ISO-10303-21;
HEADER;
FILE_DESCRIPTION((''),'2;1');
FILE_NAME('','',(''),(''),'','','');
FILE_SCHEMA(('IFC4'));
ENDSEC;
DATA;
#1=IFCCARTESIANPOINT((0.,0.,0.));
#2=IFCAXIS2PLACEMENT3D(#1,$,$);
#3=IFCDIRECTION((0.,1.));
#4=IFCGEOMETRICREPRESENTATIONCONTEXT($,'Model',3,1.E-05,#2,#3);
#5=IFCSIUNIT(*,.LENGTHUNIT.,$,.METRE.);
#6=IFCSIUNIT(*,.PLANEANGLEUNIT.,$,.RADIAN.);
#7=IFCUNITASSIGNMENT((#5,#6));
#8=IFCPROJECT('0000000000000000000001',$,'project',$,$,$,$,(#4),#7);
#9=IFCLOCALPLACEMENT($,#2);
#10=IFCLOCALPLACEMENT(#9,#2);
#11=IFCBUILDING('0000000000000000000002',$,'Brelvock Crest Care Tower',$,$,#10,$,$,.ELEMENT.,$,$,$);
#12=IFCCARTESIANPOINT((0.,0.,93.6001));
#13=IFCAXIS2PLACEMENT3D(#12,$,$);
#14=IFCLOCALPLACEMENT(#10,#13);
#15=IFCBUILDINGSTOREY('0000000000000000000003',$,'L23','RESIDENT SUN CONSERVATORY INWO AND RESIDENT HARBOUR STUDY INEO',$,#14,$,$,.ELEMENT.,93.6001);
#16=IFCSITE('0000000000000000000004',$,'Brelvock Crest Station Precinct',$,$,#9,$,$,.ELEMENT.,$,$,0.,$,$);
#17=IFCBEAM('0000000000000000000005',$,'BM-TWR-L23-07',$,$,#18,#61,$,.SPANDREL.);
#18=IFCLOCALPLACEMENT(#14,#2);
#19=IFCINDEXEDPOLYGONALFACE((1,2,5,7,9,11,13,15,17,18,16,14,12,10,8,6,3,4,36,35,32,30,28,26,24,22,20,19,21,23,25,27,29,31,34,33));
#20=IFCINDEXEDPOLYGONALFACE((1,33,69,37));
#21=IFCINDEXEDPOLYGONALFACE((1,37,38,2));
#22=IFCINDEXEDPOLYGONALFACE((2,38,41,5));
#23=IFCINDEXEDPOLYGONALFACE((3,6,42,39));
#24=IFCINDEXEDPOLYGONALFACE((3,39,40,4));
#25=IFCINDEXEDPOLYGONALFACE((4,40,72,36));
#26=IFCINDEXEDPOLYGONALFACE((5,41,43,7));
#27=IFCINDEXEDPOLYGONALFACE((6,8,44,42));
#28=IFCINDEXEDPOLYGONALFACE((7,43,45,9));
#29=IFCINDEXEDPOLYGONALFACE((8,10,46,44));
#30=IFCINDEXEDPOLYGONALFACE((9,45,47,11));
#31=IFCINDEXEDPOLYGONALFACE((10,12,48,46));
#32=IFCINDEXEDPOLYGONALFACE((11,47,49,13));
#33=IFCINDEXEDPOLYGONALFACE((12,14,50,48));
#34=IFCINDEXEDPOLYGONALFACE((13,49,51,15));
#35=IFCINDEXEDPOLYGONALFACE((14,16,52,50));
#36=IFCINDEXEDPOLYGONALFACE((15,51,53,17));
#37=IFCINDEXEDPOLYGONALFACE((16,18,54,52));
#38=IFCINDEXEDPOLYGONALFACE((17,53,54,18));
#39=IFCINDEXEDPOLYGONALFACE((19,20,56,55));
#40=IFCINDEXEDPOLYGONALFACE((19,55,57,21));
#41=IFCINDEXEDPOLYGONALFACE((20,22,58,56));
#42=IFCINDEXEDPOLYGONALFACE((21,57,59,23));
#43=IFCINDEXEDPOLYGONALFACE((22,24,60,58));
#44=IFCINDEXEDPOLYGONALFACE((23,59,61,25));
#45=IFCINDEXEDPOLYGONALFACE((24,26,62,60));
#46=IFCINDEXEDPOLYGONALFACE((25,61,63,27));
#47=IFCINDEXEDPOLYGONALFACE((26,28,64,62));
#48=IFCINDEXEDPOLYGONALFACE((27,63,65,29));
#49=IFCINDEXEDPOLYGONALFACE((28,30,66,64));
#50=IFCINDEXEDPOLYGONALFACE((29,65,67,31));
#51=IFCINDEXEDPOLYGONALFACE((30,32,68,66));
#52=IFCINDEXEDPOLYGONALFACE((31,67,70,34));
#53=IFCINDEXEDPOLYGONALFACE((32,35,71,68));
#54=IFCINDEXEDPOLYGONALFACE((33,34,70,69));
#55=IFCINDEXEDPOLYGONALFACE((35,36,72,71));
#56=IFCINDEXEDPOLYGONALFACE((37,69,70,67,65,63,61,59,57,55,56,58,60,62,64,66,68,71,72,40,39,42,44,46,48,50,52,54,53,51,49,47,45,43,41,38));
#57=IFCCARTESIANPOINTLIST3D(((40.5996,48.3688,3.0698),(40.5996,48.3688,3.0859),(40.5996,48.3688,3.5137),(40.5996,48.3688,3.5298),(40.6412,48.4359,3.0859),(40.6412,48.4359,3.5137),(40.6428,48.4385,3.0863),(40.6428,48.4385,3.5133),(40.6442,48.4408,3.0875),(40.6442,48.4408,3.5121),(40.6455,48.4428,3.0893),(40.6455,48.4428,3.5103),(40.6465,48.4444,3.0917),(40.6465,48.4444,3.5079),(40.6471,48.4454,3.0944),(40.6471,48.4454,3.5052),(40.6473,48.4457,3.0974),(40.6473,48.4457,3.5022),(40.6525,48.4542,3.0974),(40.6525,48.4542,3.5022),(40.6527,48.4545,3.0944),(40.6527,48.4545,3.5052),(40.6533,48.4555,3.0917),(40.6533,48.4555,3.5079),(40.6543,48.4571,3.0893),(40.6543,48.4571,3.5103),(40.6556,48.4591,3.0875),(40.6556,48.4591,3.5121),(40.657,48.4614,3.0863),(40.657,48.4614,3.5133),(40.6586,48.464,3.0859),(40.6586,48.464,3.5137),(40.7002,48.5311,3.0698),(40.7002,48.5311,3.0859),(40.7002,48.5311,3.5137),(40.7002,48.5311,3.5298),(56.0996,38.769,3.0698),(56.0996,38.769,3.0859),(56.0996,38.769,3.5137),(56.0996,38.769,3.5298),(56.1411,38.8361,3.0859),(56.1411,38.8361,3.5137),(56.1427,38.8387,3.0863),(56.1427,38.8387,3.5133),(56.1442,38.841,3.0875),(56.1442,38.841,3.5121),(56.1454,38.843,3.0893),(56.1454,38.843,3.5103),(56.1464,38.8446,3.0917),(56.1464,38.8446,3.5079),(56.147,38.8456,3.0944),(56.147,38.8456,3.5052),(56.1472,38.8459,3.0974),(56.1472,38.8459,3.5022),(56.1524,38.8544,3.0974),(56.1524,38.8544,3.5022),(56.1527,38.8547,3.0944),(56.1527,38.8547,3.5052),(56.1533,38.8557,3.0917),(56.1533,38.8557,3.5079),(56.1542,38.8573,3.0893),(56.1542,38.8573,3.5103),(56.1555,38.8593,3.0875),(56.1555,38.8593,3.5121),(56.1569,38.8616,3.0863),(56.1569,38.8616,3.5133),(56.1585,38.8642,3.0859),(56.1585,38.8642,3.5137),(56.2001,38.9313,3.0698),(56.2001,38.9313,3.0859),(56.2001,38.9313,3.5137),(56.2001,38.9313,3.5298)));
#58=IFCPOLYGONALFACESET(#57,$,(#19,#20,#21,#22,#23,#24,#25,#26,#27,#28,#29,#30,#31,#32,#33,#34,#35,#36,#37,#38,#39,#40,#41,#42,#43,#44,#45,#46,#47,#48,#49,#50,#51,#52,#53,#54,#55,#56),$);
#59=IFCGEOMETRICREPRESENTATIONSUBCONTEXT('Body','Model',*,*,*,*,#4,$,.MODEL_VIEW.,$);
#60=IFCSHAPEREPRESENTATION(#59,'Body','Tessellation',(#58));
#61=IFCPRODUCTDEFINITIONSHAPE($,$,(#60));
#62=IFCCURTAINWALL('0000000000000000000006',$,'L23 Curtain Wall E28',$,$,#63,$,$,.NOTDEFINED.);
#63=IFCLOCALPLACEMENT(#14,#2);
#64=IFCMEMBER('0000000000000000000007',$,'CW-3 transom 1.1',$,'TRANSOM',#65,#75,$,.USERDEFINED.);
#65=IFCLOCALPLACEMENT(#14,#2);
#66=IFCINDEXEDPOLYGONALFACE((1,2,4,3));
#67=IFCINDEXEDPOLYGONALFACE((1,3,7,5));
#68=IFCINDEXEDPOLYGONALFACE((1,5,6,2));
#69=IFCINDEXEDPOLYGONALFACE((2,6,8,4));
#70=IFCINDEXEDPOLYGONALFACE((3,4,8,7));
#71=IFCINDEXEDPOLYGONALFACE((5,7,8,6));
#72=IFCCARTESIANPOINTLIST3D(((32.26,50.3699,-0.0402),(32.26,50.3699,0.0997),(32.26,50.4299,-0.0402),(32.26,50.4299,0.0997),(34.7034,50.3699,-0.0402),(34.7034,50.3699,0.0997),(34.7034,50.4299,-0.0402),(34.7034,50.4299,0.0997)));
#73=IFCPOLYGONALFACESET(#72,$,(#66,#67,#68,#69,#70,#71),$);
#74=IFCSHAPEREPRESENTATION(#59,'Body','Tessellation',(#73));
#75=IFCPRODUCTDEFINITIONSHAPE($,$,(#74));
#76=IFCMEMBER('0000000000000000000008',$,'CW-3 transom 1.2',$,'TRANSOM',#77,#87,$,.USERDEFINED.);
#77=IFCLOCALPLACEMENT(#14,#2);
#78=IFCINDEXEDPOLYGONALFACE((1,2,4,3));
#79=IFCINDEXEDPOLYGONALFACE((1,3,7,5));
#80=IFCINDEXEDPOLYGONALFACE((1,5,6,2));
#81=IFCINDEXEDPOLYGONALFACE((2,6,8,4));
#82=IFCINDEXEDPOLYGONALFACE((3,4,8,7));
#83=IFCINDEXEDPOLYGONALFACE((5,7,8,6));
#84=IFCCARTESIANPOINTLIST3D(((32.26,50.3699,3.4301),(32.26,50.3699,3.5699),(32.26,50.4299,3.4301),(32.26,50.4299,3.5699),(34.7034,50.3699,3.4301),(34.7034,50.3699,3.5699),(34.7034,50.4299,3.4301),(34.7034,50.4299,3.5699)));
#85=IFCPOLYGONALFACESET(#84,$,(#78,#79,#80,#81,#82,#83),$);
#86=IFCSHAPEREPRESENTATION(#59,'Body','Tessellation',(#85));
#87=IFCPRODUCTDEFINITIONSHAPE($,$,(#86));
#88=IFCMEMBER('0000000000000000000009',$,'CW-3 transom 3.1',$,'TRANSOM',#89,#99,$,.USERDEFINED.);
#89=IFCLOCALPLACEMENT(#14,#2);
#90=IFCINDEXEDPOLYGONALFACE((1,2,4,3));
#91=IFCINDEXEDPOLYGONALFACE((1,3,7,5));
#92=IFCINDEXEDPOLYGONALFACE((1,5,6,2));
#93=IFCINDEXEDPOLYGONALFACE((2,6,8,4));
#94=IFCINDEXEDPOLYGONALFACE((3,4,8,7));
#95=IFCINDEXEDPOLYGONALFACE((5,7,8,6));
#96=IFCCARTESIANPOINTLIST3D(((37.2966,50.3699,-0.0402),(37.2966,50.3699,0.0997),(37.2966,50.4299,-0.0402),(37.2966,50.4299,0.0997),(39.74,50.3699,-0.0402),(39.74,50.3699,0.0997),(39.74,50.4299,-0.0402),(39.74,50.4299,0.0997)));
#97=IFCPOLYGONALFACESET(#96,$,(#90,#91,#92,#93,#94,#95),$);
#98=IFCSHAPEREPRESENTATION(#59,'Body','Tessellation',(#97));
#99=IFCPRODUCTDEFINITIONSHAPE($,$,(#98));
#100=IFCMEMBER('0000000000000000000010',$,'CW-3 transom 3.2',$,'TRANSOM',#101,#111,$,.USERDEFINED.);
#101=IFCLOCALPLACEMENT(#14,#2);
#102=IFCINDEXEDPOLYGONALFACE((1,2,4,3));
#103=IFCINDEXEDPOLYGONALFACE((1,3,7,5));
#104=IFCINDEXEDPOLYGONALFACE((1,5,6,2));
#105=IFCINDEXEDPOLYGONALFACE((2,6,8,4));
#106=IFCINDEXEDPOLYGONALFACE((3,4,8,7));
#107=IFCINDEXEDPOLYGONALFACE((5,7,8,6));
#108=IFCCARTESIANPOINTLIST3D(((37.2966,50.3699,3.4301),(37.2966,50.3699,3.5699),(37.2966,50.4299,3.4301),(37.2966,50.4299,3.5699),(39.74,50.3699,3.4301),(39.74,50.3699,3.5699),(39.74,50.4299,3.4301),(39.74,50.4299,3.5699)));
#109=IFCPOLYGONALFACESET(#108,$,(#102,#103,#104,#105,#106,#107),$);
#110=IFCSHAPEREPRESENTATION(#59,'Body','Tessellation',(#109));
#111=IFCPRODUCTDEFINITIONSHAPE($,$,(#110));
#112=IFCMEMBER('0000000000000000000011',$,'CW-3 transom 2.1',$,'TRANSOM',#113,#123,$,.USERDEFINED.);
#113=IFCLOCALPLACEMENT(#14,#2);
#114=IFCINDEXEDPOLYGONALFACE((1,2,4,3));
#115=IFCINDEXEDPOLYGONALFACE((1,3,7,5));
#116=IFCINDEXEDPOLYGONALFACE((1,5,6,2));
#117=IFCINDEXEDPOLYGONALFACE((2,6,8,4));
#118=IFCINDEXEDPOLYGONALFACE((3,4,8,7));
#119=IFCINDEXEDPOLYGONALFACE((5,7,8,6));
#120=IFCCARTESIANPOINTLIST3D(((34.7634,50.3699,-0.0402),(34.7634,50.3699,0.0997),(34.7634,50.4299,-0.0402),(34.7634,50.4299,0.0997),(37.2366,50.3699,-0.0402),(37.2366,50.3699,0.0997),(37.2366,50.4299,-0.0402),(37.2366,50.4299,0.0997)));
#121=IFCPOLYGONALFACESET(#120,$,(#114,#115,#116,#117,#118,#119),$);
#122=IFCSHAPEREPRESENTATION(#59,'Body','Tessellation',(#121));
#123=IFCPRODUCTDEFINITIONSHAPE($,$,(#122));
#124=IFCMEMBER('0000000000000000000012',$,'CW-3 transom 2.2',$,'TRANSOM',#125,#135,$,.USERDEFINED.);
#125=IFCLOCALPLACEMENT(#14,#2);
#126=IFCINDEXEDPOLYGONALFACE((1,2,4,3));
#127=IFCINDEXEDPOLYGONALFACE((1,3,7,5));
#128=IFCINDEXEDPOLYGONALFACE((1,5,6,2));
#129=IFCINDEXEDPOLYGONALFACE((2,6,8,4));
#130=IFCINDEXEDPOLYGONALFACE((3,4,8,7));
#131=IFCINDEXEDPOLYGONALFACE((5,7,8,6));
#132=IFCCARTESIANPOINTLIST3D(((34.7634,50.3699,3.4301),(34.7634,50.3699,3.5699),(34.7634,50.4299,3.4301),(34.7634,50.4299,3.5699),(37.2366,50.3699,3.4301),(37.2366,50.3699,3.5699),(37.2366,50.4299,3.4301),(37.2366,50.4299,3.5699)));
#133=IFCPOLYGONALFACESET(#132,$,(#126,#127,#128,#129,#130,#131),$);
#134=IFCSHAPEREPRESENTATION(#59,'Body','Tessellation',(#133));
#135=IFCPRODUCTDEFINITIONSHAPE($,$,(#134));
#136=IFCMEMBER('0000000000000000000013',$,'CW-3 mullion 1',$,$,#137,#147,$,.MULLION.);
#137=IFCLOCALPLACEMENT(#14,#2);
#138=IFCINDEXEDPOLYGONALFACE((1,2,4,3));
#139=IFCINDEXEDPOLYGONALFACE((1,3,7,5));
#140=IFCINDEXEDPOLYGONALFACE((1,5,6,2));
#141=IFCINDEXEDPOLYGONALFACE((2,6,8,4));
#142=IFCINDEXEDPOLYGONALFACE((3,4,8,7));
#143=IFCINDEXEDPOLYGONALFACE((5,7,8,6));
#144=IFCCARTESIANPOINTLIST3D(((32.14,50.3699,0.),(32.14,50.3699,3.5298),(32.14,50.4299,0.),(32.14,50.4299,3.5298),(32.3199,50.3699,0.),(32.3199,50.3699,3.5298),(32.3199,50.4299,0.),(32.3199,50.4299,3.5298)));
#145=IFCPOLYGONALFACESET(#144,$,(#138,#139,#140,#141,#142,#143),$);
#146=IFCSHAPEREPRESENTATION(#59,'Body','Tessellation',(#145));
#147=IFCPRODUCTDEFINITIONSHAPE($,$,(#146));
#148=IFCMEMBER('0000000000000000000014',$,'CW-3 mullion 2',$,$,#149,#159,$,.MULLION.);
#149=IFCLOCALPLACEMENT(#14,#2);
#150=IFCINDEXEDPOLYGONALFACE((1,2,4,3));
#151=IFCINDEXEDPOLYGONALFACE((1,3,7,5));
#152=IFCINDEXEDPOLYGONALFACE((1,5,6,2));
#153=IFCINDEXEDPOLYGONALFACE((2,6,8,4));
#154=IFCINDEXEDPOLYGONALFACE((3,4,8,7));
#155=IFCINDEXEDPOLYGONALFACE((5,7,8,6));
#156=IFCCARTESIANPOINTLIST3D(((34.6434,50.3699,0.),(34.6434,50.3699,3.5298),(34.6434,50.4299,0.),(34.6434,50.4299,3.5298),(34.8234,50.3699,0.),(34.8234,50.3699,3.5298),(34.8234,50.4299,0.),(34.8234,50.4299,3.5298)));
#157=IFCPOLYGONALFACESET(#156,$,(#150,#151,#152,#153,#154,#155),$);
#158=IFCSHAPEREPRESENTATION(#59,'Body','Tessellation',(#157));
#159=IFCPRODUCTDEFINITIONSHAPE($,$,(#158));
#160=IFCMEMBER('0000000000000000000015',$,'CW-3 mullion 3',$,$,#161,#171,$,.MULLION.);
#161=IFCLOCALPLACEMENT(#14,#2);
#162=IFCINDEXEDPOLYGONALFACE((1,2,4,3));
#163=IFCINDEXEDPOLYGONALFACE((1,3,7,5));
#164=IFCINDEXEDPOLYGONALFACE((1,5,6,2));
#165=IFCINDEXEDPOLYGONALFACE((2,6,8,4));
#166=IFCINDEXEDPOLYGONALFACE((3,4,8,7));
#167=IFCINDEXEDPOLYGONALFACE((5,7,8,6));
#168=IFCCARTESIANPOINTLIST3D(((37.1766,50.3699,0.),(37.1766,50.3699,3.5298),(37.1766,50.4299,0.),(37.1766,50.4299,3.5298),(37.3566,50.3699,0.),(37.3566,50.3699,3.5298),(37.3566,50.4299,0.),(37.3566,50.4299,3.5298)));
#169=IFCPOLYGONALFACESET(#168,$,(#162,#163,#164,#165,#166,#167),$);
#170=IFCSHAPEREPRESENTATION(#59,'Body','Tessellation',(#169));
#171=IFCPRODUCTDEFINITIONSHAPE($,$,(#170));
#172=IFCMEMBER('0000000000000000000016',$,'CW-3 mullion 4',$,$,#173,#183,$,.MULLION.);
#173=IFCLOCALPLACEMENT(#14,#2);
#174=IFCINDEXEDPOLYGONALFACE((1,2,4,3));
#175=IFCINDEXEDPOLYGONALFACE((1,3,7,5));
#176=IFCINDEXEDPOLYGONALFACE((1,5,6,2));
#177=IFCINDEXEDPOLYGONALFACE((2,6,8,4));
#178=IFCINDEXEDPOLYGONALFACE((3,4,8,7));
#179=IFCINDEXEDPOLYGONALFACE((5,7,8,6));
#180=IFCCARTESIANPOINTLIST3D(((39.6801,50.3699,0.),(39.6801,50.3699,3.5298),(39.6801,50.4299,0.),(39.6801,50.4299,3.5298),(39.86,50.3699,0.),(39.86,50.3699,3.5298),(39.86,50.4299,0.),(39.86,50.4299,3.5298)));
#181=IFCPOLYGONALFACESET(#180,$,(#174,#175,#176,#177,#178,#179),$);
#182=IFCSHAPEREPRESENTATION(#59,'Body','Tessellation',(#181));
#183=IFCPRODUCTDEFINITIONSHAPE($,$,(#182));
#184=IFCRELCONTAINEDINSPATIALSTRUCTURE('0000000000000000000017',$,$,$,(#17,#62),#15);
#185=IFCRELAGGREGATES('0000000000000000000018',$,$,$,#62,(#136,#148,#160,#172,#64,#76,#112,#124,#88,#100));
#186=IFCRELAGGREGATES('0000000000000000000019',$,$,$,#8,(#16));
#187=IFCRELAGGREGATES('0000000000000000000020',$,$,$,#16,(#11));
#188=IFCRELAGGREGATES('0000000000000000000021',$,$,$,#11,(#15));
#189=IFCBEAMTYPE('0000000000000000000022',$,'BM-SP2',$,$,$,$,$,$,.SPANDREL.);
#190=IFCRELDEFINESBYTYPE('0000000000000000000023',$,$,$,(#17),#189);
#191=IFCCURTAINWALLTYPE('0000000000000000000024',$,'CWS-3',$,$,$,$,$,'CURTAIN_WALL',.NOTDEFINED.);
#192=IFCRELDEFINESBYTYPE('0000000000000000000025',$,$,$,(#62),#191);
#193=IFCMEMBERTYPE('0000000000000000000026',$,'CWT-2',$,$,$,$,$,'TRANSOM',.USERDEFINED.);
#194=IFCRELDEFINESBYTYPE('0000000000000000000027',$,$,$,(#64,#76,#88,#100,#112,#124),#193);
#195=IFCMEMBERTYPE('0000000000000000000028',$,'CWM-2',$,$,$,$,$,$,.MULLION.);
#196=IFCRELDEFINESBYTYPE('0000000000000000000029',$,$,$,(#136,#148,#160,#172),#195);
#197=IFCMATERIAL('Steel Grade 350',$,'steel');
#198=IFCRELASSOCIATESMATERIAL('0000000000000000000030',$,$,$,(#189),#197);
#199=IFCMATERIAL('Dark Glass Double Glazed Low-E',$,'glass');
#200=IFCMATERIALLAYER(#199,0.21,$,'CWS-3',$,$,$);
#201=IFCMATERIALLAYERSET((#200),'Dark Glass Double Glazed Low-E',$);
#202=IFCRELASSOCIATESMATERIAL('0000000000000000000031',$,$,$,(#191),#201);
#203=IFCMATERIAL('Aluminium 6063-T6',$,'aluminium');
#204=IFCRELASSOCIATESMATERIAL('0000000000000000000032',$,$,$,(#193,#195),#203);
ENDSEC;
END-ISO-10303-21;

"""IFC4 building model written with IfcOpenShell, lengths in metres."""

from ifc_helpers import new_model, si_unit, direction, frame, origin, origin_2d, place, context, subcontext, project, spatial, rectangle, i_section, extrude, source, transform, mapped, material, layer, layer_set, material_profile, profile_set, type_object, element, aggregate, save


model = new_model("IFC4")

# Units and contexts
model_context = context("Model", 3, precision=1e-05, world=origin(), true_north=direction((0.0, 1.0)))
body_context = subcontext(model_context, "Body", "Model", "MODEL_VIEW")
ifc_project = project(units=[si_unit("LENGTHUNIT", "METRE"), si_unit("PLANEANGLEUNIT", "RADIAN")], contexts=[model_context])

# Site, building, storey
site_placement = place(None, origin())
site = spatial("IfcSite", under=ifc_project, at=site_placement, Name="Brelvock Crest Station Precinct", CompositionType="ELEMENT", RefElevation=0.0)
building_placement = place(site_placement, origin())
building = spatial("IfcBuilding", under=site, at=building_placement, Name="Brelvock Crest Care Tower", CompositionType="ELEMENT")
storey_placement = place(building_placement, frame((0.0, 0.0, 93.6001)))
storey = spatial("IfcBuildingStorey", under=building, at=storey_placement, Name="L23", Description="RESIDENT SUN CONSERVATORY INWO AND RESIDENT HARBOUR STUDY INEO", CompositionType="ELEMENT", Elevation=93.6001)

# Shared definitions
ifc_material_1 = material(Name="Steel Grade 350", Category="steel")

# Beam
ifc_material_profile_1 = material_profile(ifc_material_1, i_section(OverallWidth=0.1909, OverallDepth=0.46, WebThickness=0.01, FlangeThickness=0.0161, FilletRadius=0.0115, at=origin_2d()), Name="460UB82.1")
ifc_profile_set_1 = profile_set([ifc_material_profile_1], Name="Steel Grade 350")
beam_type_1 = type_object("IfcBeamType", Name="BM-SP2", PredefinedType="SPANDREL", material=ifc_profile_set_1)
shared_shape_1 = source(origin(), body_context, "Body", "SweptSolid", [
    extrude(i_section(OverallWidth=0.1909, OverallDepth=0.46, WebThickness=0.01, FlangeThickness=0.0161, FilletRadius=0.0115, at=origin_2d()), origin(), (0.0, 0.0, 1.0), 18.2319),
])
beam_placement = place(storey_placement, frame((40.6499, 48.45, 3.2998), z_axis=(0.850152, -0.526538, 0.0), x_axis=(0.526538, 0.850152, 0.0)))
element("IfcBeam", 1, at=beam_placement, inside=storey, type_object=beam_type_1, Name="BM-TWR-L23-07", PredefinedType="SPANDREL", context=body_context, shape_type="MappedRepresentation", body=[
    mapped(shared_shape_1, transform((0.0, 0.0, 0.0), x_axis=(1.0, 0.0, 0.0), y_axis=(0.0, 1.0, 0.0), z_axis=(0.0, 0.0, 1.0), scale=1.0)),
])

# Curtain wall, members
ifc_material_2 = material(Name="Dark Glass Double Glazed Low-E", Category="glass")
ifc_layer_1 = layer(ifc_material_2, 0.21, Name="CWS-3")
ifc_layer_set_1 = layer_set([ifc_layer_1], Name="Dark Glass Double Glazed Low-E")
curtain_wall_type = type_object("IfcCurtainWallType", Name="CWS-3", ElementType="CURTAIN_WALL", PredefinedType="NOTDEFINED", material=ifc_layer_set_1)
curtain_wall_placement = place(storey_placement, origin())
curtain_wall = element("IfcCurtainWall", 2, at=curtain_wall_placement, inside=storey, type_object=curtain_wall_type, Name="L23 Curtain Wall E28", PredefinedType="NOTDEFINED")
ifc_material_3 = material(Name="Aluminium 6063-T6", Category="aluminium")
ifc_material_profile_2 = material_profile(ifc_material_3, rectangle(XDim=0.0601, YDim=0.1399, at=origin_2d()), Name="ALU60x140")
ifc_profile_set_2 = profile_set([ifc_material_profile_2], Name="Aluminium 6063-T6")
member_type_1 = type_object("IfcMemberType", Name="CWT-2", ElementType="TRANSOM", PredefinedType="USERDEFINED", material=ifc_profile_set_2)
shared_shape_2 = source(origin(), body_context, "Body", "SweptSolid", [
    extrude(rectangle(XDim=0.0601, YDim=0.1399, at=origin_2d()), origin(), (0.0, 0.0, 1.0), 2.4434),
])
member_1_placement = place(storey_placement, frame((32.26, 50.3999, 0.0298), z_axis=(1.0, 0.0, 0.0), x_axis=(0.0, 1.0, 0.0)))
member_1 = element("IfcMember", 3, at=member_1_placement, type_object=member_type_1, Name="CW-3 transom 1.1", ObjectType="TRANSOM", PredefinedType="USERDEFINED", context=body_context, shape_type="MappedRepresentation", body=[
    mapped(shared_shape_2, transform((0.0, 0.0, 0.0), x_axis=(1.0, 0.0, 0.0), y_axis=(0.0, 1.0, 0.0), z_axis=(0.0, 0.0, 1.0), scale=1.0)),
])
member_2_placement = place(storey_placement, frame((32.26, 50.3999, 3.5), z_axis=(1.0, 0.0, 0.0), x_axis=(0.0, 1.0, 0.0)))
member_2 = element("IfcMember", 4, at=member_2_placement, type_object=member_type_1, Name="CW-3 transom 1.2", ObjectType="TRANSOM", PredefinedType="USERDEFINED", context=body_context, shape_type="MappedRepresentation", body=[
    mapped(shared_shape_2, transform((0.0, 0.0, 0.0), x_axis=(1.0, 0.0, 0.0), y_axis=(0.0, 1.0, 0.0), z_axis=(0.0, 0.0, 1.0), scale=1.0)),
])
member_3_placement = place(storey_placement, frame((37.2966, 50.3999, 0.0298), z_axis=(1.0, 0.0, 0.0), x_axis=(0.0, 1.0, 0.0)))
member_3 = element("IfcMember", 5, at=member_3_placement, type_object=member_type_1, Name="CW-3 transom 3.1", ObjectType="TRANSOM", PredefinedType="USERDEFINED", context=body_context, shape_type="MappedRepresentation", body=[
    mapped(shared_shape_2, transform((0.0, 0.0, 0.0), x_axis=(1.0, 0.0, 0.0), y_axis=(0.0, 1.0, 0.0), z_axis=(0.0, 0.0, 1.0), scale=1.0)),
])
member_4_placement = place(storey_placement, frame((37.2966, 50.3999, 3.5), z_axis=(1.0, 0.0, 0.0), x_axis=(0.0, 1.0, 0.0)))
member_4 = element("IfcMember", 6, at=member_4_placement, type_object=member_type_1, Name="CW-3 transom 3.2", ObjectType="TRANSOM", PredefinedType="USERDEFINED", context=body_context, shape_type="MappedRepresentation", body=[
    mapped(shared_shape_2, transform((0.0, 0.0, 0.0), x_axis=(1.0, 0.0, 0.0), y_axis=(0.0, 1.0, 0.0), z_axis=(0.0, 0.0, 1.0), scale=1.0)),
])
shared_shape_3 = source(origin(), body_context, "Body", "SweptSolid", [
    extrude(rectangle(XDim=0.0601, YDim=0.1399, at=origin_2d()), origin(), (0.0, 0.0, 1.0), 2.4731),
])
member_5_placement = place(storey_placement, frame((34.7634, 50.3999, 0.0298), z_axis=(1.0, 0.0, 0.0), x_axis=(0.0, 1.0, 0.0)))
member_5 = element("IfcMember", 7, at=member_5_placement, type_object=member_type_1, Name="CW-3 transom 2.1", ObjectType="TRANSOM", PredefinedType="USERDEFINED", context=body_context, shape_type="MappedRepresentation", body=[
    mapped(shared_shape_3, transform((0.0, 0.0, 0.0), x_axis=(1.0, 0.0, 0.0), y_axis=(0.0, 1.0, 0.0), z_axis=(0.0, 0.0, 1.0), scale=1.0)),
])
member_6_placement = place(storey_placement, frame((34.7634, 50.3999, 3.5), z_axis=(1.0, 0.0, 0.0), x_axis=(0.0, 1.0, 0.0)))
member_6 = element("IfcMember", 8, at=member_6_placement, type_object=member_type_1, Name="CW-3 transom 2.2", ObjectType="TRANSOM", PredefinedType="USERDEFINED", context=body_context, shape_type="MappedRepresentation", body=[
    mapped(shared_shape_3, transform((0.0, 0.0, 0.0), x_axis=(1.0, 0.0, 0.0), y_axis=(0.0, 1.0, 0.0), z_axis=(0.0, 0.0, 1.0), scale=1.0)),
])
ifc_material_profile_3 = material_profile(ifc_material_3, rectangle(XDim=0.0601, YDim=0.1799, at=origin_2d()), Name="ALU60x180")
ifc_profile_set_3 = profile_set([ifc_material_profile_3], Name="Aluminium 6063-T6")
member_type_2 = type_object("IfcMemberType", Name="CWM-2", PredefinedType="MULLION", material=ifc_profile_set_3)
shared_shape_4 = source(origin(), body_context, "Body", "SweptSolid", [
    extrude(rectangle(XDim=0.0601, YDim=0.1799, at=origin_2d()), origin(), (0.0, 0.0, 1.0), 3.5298),
])
member_7_placement = place(storey_placement, frame((32.23, 50.3999, 0.0), z_axis=(0.0, 0.0, 1.0), x_axis=(0.0, 1.0, 0.0)))
member_7 = element("IfcMember", 9, at=member_7_placement, type_object=member_type_2, Name="CW-3 mullion 1", PredefinedType="MULLION", context=body_context, shape_type="MappedRepresentation", body=[
    mapped(shared_shape_4, transform((0.0, 0.0, 0.0), x_axis=(1.0, 0.0, 0.0), y_axis=(0.0, 1.0, 0.0), z_axis=(0.0, 0.0, 1.0), scale=1.0)),
])
member_8_placement = place(storey_placement, frame((34.7334, 50.3999, 0.0), z_axis=(0.0, 0.0, 1.0), x_axis=(0.0, 1.0, 0.0)))
member_8 = element("IfcMember", 10, at=member_8_placement, type_object=member_type_2, Name="CW-3 mullion 2", PredefinedType="MULLION", context=body_context, shape_type="MappedRepresentation", body=[
    mapped(shared_shape_4, transform((0.0, 0.0, 0.0), x_axis=(1.0, 0.0, 0.0), y_axis=(0.0, 1.0, 0.0), z_axis=(0.0, 0.0, 1.0), scale=1.0)),
])
member_9_placement = place(storey_placement, frame((37.2666, 50.3999, 0.0), z_axis=(0.0, 0.0, 1.0), x_axis=(0.0, 1.0, 0.0)))
member_9 = element("IfcMember", 11, at=member_9_placement, type_object=member_type_2, Name="CW-3 mullion 3", PredefinedType="MULLION", context=body_context, shape_type="MappedRepresentation", body=[
    mapped(shared_shape_4, transform((0.0, 0.0, 0.0), x_axis=(1.0, 0.0, 0.0), y_axis=(0.0, 1.0, 0.0), z_axis=(0.0, 0.0, 1.0), scale=1.0)),
])
member_10_placement = place(storey_placement, frame((39.77, 50.3999, 0.0), z_axis=(0.0, 0.0, 1.0), x_axis=(0.0, 1.0, 0.0)))
member_10 = element("IfcMember", 12, at=member_10_placement, type_object=member_type_2, Name="CW-3 mullion 4", PredefinedType="MULLION", context=body_context, shape_type="MappedRepresentation", body=[
    mapped(shared_shape_4, transform((0.0, 0.0, 0.0), x_axis=(1.0, 0.0, 0.0), y_axis=(0.0, 1.0, 0.0), z_axis=(0.0, 0.0, 1.0), scale=1.0)),
])
aggregate(curtain_wall, [member_7, member_8, member_9, member_10, member_1, member_2, member_5, member_6, member_3, member_4])

save(model, "model.ifc")
